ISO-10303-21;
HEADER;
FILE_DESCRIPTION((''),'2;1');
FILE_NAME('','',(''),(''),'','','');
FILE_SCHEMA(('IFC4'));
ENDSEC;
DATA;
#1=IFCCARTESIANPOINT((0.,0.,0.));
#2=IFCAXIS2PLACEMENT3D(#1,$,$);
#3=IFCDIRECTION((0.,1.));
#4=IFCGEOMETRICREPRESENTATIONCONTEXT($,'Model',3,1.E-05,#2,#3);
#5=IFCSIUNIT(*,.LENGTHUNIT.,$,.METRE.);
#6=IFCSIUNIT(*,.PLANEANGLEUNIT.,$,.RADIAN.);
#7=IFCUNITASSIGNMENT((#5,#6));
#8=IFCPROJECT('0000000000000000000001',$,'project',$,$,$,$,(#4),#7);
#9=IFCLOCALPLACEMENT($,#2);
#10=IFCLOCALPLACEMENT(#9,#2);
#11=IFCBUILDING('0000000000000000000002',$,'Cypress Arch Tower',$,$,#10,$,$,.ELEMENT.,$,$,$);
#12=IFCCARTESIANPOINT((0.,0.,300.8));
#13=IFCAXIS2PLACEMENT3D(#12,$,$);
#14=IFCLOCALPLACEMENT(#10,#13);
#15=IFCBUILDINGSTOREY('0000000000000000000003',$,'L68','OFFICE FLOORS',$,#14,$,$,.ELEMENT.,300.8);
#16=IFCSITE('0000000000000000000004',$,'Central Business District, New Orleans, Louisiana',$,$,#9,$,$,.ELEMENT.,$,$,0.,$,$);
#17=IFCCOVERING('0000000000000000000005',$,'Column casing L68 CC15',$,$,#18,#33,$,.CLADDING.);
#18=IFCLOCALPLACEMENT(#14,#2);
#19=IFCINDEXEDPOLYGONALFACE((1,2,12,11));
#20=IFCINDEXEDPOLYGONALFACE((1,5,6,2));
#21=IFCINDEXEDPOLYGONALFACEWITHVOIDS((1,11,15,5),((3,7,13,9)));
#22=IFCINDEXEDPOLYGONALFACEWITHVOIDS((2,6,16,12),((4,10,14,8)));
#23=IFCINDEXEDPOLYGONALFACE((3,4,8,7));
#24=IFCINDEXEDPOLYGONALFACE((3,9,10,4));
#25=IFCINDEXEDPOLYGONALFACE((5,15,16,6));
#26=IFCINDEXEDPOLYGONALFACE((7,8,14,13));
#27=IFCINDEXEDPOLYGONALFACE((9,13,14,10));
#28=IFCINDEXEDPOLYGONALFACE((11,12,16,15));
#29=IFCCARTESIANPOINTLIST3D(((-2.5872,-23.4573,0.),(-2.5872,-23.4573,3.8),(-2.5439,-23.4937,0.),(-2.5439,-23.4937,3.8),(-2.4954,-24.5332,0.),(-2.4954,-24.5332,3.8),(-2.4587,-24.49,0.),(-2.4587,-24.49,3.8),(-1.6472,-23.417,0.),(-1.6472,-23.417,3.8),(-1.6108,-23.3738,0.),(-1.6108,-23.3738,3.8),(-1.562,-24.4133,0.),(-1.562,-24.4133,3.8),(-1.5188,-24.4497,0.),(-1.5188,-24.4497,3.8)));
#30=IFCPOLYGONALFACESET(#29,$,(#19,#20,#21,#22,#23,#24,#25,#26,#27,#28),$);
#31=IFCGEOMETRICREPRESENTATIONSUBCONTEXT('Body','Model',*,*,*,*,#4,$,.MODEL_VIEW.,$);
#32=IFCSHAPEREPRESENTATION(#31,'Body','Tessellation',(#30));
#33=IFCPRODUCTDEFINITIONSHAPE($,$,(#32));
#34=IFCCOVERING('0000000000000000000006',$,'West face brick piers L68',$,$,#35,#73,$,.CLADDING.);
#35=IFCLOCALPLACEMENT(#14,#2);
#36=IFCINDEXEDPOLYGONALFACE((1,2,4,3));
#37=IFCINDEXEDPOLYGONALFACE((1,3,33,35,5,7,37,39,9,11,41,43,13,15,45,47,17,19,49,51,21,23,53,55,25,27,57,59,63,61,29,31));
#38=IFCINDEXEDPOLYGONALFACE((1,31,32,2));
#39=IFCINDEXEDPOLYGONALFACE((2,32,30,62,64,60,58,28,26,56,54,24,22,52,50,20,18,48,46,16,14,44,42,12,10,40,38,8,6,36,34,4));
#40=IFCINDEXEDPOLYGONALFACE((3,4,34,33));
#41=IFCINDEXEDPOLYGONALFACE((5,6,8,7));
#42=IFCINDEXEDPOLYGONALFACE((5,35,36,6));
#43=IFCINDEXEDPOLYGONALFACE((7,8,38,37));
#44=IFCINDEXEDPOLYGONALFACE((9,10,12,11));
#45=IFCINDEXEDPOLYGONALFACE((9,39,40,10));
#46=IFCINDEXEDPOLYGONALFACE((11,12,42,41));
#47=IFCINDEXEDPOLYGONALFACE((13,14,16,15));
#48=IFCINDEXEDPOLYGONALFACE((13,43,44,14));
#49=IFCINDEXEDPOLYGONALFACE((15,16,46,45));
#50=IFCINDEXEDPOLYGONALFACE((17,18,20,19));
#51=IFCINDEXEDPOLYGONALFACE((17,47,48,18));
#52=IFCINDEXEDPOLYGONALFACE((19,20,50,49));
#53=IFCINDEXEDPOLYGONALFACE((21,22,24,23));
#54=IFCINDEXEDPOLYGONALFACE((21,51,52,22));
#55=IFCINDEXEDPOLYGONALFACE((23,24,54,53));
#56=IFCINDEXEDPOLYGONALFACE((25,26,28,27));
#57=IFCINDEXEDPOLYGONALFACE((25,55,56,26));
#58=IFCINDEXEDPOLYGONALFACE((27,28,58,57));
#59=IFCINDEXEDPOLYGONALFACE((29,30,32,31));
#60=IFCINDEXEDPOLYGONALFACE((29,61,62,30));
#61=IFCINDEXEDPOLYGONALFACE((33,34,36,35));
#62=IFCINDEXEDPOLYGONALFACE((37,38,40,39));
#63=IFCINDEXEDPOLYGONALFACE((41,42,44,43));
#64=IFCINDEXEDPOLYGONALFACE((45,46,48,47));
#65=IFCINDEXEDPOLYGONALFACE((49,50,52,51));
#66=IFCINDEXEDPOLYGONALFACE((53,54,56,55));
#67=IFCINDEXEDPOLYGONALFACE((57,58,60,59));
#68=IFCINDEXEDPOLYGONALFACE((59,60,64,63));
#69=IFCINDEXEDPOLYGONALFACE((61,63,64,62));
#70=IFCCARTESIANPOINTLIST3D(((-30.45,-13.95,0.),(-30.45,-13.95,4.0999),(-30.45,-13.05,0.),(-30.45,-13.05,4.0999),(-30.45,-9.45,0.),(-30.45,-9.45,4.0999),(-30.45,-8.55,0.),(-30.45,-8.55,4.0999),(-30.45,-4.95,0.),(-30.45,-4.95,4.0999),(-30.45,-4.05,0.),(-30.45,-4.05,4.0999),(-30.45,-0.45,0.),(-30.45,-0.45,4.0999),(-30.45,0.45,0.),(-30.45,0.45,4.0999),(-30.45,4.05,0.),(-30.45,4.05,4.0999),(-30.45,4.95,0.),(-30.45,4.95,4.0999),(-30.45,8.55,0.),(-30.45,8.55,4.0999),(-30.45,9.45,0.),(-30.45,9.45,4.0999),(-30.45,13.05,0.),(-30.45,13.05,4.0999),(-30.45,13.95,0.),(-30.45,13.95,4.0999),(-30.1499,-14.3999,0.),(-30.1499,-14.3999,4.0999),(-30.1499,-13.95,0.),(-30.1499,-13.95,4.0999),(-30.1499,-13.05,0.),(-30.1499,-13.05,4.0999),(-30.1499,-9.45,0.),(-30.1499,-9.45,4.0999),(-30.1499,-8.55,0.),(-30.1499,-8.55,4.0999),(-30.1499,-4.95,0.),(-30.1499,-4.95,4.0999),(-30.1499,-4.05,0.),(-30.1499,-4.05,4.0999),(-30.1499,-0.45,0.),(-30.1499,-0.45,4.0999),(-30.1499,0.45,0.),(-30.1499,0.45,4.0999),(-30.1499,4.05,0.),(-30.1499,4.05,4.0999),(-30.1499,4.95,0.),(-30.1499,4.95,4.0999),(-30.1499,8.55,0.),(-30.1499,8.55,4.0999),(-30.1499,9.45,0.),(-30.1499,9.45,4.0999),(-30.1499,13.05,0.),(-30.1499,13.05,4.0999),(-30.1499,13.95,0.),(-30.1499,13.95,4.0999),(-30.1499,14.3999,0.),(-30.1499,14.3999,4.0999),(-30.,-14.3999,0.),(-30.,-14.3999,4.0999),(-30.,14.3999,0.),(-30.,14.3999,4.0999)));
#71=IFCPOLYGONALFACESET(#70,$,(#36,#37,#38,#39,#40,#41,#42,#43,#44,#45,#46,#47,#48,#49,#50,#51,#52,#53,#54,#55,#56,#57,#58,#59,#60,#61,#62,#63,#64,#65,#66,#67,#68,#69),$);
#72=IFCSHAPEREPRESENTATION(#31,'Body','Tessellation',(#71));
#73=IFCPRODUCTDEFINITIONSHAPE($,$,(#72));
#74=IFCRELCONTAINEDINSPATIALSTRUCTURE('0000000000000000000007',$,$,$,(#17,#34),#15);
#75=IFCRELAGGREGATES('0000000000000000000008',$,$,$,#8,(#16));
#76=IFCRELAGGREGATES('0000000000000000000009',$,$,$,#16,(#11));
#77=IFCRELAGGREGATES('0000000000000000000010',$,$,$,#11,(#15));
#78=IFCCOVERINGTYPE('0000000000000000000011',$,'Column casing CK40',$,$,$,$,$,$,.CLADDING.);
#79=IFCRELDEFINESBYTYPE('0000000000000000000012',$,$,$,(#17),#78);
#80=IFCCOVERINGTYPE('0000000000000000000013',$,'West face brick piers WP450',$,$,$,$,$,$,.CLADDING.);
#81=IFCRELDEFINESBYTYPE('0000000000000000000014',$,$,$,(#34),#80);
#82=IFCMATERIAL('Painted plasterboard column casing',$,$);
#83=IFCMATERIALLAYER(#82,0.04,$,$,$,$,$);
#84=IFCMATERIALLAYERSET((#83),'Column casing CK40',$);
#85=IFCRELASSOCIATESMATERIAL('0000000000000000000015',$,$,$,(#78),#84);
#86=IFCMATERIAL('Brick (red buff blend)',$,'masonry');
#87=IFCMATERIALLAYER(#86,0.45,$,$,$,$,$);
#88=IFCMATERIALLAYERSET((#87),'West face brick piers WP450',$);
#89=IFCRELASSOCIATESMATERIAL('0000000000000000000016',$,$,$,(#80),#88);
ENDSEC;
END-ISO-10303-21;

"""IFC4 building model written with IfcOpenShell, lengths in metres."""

from ifc_helpers import new_model, si_unit, direction, frame, origin, place, context, subcontext, project, spatial, polyline, outline, extrude, material, layer, layer_set, type_object, element, save


model = new_model("IFC4")

# Units and contexts
model_context = context("Model", 3, precision=1e-05, world=origin(), true_north=direction((0.0, 1.0)))
body_context = subcontext(model_context, "Body", "Model", "MODEL_VIEW")
ifc_project = project(units=[si_unit("LENGTHUNIT", "METRE"), si_unit("PLANEANGLEUNIT", "RADIAN")], contexts=[model_context])

# Site, building, storey
site_placement = place(None, origin())
site = spatial("IfcSite", under=ifc_project, at=site_placement, Name="Central Business District, New Orleans, Louisiana", CompositionType="ELEMENT", RefElevation=0.0)
building_placement = place(site_placement, origin())
building = spatial("IfcBuilding", under=site, at=building_placement, Name="Cypress Arch Tower", CompositionType="ELEMENT")
storey_placement = place(building_placement, frame((0.0, 0.0, 300.8)))
storey = spatial("IfcBuildingStorey", under=building, at=storey_placement, Name="L68", Description="OFFICE FLOORS", CompositionType="ELEMENT", Elevation=300.8)

# Coverings
ifc_material_1 = material(Name="Painted plasterboard column casing")
ifc_layer_1 = layer(ifc_material_1, 0.04)
ifc_layer_set_1 = layer_set([ifc_layer_1], Name="Column casing CK40")
covering_type_1 = type_object("IfcCoveringType", Name="Column casing CK40", PredefinedType="CLADDING", material=ifc_layer_set_1)
covering_1_placement = place(storey_placement, origin())
element("IfcCovering", 1, at=covering_1_placement, inside=storey, type_object=covering_type_1, Name="Column casing L68 CC15", PredefinedType="CLADDING", context=body_context, shape_type="SweptSolid", body=[
    extrude(outline(polyline([(-2.4954, -24.5332), (-2.5872, -23.4573), (-1.6108, -23.3738), (-1.5188, -24.4497), (-2.4954, -24.5332)]), holes=[polyline([(-2.4587, -24.49), (-1.562, -24.4133), (-1.6472, -23.417), (-2.5439, -23.4937), (-2.4587, -24.49)])]), origin(), (0.0, 0.0, 1.0), 3.8),
])
ifc_material_2 = material(Name="Brick (red buff blend)", Category="masonry")
ifc_layer_2 = layer(ifc_material_2, 0.45)
ifc_layer_set_2 = layer_set([ifc_layer_2], Name="West face brick piers WP450")
covering_type_2 = type_object("IfcCoveringType", Name="West face brick piers WP450", PredefinedType="CLADDING", material=ifc_layer_set_2)
covering_2_placement = place(storey_placement, origin())
element("IfcCovering", 2, at=covering_2_placement, inside=storey, type_object=covering_type_2, Name="West face brick piers L68", PredefinedType="CLADDING", context=body_context, shape_type="SweptSolid", body=[
    extrude(outline(polyline([(-30.1499, -13.05), (-30.1499, -9.45), (-30.45, -9.45), (-30.45, -8.55), (-30.1499, -8.55), (-30.1499, -4.95), (-30.45, -4.95), (-30.45, -4.05), (-30.1499, -4.05), (-30.1499, -0.45), (-30.45, -0.45), (-30.45, 0.45), (-30.1499, 0.45), (-30.1499, 4.05), (-30.45, 4.05), (-30.45, 4.95), (-30.1499, 4.95), (-30.1499, 8.55), (-30.45, 8.55), (-30.45, 9.45), (-30.1499, 9.45), (-30.1499, 13.05), (-30.45, 13.05), (-30.45, 13.95), (-30.1499, 13.95), (-30.1499, 14.3999), (-30.0, 14.3999), (-30.0, -14.3999), (-30.1499, -14.3999), (-30.1499, -13.95), (-30.45, -13.95), (-30.45, -13.05), (-30.1499, -13.05)])), origin(), (0.0, 0.0, 1.0), 4.0999),
])

save(model, "model.ifc")
